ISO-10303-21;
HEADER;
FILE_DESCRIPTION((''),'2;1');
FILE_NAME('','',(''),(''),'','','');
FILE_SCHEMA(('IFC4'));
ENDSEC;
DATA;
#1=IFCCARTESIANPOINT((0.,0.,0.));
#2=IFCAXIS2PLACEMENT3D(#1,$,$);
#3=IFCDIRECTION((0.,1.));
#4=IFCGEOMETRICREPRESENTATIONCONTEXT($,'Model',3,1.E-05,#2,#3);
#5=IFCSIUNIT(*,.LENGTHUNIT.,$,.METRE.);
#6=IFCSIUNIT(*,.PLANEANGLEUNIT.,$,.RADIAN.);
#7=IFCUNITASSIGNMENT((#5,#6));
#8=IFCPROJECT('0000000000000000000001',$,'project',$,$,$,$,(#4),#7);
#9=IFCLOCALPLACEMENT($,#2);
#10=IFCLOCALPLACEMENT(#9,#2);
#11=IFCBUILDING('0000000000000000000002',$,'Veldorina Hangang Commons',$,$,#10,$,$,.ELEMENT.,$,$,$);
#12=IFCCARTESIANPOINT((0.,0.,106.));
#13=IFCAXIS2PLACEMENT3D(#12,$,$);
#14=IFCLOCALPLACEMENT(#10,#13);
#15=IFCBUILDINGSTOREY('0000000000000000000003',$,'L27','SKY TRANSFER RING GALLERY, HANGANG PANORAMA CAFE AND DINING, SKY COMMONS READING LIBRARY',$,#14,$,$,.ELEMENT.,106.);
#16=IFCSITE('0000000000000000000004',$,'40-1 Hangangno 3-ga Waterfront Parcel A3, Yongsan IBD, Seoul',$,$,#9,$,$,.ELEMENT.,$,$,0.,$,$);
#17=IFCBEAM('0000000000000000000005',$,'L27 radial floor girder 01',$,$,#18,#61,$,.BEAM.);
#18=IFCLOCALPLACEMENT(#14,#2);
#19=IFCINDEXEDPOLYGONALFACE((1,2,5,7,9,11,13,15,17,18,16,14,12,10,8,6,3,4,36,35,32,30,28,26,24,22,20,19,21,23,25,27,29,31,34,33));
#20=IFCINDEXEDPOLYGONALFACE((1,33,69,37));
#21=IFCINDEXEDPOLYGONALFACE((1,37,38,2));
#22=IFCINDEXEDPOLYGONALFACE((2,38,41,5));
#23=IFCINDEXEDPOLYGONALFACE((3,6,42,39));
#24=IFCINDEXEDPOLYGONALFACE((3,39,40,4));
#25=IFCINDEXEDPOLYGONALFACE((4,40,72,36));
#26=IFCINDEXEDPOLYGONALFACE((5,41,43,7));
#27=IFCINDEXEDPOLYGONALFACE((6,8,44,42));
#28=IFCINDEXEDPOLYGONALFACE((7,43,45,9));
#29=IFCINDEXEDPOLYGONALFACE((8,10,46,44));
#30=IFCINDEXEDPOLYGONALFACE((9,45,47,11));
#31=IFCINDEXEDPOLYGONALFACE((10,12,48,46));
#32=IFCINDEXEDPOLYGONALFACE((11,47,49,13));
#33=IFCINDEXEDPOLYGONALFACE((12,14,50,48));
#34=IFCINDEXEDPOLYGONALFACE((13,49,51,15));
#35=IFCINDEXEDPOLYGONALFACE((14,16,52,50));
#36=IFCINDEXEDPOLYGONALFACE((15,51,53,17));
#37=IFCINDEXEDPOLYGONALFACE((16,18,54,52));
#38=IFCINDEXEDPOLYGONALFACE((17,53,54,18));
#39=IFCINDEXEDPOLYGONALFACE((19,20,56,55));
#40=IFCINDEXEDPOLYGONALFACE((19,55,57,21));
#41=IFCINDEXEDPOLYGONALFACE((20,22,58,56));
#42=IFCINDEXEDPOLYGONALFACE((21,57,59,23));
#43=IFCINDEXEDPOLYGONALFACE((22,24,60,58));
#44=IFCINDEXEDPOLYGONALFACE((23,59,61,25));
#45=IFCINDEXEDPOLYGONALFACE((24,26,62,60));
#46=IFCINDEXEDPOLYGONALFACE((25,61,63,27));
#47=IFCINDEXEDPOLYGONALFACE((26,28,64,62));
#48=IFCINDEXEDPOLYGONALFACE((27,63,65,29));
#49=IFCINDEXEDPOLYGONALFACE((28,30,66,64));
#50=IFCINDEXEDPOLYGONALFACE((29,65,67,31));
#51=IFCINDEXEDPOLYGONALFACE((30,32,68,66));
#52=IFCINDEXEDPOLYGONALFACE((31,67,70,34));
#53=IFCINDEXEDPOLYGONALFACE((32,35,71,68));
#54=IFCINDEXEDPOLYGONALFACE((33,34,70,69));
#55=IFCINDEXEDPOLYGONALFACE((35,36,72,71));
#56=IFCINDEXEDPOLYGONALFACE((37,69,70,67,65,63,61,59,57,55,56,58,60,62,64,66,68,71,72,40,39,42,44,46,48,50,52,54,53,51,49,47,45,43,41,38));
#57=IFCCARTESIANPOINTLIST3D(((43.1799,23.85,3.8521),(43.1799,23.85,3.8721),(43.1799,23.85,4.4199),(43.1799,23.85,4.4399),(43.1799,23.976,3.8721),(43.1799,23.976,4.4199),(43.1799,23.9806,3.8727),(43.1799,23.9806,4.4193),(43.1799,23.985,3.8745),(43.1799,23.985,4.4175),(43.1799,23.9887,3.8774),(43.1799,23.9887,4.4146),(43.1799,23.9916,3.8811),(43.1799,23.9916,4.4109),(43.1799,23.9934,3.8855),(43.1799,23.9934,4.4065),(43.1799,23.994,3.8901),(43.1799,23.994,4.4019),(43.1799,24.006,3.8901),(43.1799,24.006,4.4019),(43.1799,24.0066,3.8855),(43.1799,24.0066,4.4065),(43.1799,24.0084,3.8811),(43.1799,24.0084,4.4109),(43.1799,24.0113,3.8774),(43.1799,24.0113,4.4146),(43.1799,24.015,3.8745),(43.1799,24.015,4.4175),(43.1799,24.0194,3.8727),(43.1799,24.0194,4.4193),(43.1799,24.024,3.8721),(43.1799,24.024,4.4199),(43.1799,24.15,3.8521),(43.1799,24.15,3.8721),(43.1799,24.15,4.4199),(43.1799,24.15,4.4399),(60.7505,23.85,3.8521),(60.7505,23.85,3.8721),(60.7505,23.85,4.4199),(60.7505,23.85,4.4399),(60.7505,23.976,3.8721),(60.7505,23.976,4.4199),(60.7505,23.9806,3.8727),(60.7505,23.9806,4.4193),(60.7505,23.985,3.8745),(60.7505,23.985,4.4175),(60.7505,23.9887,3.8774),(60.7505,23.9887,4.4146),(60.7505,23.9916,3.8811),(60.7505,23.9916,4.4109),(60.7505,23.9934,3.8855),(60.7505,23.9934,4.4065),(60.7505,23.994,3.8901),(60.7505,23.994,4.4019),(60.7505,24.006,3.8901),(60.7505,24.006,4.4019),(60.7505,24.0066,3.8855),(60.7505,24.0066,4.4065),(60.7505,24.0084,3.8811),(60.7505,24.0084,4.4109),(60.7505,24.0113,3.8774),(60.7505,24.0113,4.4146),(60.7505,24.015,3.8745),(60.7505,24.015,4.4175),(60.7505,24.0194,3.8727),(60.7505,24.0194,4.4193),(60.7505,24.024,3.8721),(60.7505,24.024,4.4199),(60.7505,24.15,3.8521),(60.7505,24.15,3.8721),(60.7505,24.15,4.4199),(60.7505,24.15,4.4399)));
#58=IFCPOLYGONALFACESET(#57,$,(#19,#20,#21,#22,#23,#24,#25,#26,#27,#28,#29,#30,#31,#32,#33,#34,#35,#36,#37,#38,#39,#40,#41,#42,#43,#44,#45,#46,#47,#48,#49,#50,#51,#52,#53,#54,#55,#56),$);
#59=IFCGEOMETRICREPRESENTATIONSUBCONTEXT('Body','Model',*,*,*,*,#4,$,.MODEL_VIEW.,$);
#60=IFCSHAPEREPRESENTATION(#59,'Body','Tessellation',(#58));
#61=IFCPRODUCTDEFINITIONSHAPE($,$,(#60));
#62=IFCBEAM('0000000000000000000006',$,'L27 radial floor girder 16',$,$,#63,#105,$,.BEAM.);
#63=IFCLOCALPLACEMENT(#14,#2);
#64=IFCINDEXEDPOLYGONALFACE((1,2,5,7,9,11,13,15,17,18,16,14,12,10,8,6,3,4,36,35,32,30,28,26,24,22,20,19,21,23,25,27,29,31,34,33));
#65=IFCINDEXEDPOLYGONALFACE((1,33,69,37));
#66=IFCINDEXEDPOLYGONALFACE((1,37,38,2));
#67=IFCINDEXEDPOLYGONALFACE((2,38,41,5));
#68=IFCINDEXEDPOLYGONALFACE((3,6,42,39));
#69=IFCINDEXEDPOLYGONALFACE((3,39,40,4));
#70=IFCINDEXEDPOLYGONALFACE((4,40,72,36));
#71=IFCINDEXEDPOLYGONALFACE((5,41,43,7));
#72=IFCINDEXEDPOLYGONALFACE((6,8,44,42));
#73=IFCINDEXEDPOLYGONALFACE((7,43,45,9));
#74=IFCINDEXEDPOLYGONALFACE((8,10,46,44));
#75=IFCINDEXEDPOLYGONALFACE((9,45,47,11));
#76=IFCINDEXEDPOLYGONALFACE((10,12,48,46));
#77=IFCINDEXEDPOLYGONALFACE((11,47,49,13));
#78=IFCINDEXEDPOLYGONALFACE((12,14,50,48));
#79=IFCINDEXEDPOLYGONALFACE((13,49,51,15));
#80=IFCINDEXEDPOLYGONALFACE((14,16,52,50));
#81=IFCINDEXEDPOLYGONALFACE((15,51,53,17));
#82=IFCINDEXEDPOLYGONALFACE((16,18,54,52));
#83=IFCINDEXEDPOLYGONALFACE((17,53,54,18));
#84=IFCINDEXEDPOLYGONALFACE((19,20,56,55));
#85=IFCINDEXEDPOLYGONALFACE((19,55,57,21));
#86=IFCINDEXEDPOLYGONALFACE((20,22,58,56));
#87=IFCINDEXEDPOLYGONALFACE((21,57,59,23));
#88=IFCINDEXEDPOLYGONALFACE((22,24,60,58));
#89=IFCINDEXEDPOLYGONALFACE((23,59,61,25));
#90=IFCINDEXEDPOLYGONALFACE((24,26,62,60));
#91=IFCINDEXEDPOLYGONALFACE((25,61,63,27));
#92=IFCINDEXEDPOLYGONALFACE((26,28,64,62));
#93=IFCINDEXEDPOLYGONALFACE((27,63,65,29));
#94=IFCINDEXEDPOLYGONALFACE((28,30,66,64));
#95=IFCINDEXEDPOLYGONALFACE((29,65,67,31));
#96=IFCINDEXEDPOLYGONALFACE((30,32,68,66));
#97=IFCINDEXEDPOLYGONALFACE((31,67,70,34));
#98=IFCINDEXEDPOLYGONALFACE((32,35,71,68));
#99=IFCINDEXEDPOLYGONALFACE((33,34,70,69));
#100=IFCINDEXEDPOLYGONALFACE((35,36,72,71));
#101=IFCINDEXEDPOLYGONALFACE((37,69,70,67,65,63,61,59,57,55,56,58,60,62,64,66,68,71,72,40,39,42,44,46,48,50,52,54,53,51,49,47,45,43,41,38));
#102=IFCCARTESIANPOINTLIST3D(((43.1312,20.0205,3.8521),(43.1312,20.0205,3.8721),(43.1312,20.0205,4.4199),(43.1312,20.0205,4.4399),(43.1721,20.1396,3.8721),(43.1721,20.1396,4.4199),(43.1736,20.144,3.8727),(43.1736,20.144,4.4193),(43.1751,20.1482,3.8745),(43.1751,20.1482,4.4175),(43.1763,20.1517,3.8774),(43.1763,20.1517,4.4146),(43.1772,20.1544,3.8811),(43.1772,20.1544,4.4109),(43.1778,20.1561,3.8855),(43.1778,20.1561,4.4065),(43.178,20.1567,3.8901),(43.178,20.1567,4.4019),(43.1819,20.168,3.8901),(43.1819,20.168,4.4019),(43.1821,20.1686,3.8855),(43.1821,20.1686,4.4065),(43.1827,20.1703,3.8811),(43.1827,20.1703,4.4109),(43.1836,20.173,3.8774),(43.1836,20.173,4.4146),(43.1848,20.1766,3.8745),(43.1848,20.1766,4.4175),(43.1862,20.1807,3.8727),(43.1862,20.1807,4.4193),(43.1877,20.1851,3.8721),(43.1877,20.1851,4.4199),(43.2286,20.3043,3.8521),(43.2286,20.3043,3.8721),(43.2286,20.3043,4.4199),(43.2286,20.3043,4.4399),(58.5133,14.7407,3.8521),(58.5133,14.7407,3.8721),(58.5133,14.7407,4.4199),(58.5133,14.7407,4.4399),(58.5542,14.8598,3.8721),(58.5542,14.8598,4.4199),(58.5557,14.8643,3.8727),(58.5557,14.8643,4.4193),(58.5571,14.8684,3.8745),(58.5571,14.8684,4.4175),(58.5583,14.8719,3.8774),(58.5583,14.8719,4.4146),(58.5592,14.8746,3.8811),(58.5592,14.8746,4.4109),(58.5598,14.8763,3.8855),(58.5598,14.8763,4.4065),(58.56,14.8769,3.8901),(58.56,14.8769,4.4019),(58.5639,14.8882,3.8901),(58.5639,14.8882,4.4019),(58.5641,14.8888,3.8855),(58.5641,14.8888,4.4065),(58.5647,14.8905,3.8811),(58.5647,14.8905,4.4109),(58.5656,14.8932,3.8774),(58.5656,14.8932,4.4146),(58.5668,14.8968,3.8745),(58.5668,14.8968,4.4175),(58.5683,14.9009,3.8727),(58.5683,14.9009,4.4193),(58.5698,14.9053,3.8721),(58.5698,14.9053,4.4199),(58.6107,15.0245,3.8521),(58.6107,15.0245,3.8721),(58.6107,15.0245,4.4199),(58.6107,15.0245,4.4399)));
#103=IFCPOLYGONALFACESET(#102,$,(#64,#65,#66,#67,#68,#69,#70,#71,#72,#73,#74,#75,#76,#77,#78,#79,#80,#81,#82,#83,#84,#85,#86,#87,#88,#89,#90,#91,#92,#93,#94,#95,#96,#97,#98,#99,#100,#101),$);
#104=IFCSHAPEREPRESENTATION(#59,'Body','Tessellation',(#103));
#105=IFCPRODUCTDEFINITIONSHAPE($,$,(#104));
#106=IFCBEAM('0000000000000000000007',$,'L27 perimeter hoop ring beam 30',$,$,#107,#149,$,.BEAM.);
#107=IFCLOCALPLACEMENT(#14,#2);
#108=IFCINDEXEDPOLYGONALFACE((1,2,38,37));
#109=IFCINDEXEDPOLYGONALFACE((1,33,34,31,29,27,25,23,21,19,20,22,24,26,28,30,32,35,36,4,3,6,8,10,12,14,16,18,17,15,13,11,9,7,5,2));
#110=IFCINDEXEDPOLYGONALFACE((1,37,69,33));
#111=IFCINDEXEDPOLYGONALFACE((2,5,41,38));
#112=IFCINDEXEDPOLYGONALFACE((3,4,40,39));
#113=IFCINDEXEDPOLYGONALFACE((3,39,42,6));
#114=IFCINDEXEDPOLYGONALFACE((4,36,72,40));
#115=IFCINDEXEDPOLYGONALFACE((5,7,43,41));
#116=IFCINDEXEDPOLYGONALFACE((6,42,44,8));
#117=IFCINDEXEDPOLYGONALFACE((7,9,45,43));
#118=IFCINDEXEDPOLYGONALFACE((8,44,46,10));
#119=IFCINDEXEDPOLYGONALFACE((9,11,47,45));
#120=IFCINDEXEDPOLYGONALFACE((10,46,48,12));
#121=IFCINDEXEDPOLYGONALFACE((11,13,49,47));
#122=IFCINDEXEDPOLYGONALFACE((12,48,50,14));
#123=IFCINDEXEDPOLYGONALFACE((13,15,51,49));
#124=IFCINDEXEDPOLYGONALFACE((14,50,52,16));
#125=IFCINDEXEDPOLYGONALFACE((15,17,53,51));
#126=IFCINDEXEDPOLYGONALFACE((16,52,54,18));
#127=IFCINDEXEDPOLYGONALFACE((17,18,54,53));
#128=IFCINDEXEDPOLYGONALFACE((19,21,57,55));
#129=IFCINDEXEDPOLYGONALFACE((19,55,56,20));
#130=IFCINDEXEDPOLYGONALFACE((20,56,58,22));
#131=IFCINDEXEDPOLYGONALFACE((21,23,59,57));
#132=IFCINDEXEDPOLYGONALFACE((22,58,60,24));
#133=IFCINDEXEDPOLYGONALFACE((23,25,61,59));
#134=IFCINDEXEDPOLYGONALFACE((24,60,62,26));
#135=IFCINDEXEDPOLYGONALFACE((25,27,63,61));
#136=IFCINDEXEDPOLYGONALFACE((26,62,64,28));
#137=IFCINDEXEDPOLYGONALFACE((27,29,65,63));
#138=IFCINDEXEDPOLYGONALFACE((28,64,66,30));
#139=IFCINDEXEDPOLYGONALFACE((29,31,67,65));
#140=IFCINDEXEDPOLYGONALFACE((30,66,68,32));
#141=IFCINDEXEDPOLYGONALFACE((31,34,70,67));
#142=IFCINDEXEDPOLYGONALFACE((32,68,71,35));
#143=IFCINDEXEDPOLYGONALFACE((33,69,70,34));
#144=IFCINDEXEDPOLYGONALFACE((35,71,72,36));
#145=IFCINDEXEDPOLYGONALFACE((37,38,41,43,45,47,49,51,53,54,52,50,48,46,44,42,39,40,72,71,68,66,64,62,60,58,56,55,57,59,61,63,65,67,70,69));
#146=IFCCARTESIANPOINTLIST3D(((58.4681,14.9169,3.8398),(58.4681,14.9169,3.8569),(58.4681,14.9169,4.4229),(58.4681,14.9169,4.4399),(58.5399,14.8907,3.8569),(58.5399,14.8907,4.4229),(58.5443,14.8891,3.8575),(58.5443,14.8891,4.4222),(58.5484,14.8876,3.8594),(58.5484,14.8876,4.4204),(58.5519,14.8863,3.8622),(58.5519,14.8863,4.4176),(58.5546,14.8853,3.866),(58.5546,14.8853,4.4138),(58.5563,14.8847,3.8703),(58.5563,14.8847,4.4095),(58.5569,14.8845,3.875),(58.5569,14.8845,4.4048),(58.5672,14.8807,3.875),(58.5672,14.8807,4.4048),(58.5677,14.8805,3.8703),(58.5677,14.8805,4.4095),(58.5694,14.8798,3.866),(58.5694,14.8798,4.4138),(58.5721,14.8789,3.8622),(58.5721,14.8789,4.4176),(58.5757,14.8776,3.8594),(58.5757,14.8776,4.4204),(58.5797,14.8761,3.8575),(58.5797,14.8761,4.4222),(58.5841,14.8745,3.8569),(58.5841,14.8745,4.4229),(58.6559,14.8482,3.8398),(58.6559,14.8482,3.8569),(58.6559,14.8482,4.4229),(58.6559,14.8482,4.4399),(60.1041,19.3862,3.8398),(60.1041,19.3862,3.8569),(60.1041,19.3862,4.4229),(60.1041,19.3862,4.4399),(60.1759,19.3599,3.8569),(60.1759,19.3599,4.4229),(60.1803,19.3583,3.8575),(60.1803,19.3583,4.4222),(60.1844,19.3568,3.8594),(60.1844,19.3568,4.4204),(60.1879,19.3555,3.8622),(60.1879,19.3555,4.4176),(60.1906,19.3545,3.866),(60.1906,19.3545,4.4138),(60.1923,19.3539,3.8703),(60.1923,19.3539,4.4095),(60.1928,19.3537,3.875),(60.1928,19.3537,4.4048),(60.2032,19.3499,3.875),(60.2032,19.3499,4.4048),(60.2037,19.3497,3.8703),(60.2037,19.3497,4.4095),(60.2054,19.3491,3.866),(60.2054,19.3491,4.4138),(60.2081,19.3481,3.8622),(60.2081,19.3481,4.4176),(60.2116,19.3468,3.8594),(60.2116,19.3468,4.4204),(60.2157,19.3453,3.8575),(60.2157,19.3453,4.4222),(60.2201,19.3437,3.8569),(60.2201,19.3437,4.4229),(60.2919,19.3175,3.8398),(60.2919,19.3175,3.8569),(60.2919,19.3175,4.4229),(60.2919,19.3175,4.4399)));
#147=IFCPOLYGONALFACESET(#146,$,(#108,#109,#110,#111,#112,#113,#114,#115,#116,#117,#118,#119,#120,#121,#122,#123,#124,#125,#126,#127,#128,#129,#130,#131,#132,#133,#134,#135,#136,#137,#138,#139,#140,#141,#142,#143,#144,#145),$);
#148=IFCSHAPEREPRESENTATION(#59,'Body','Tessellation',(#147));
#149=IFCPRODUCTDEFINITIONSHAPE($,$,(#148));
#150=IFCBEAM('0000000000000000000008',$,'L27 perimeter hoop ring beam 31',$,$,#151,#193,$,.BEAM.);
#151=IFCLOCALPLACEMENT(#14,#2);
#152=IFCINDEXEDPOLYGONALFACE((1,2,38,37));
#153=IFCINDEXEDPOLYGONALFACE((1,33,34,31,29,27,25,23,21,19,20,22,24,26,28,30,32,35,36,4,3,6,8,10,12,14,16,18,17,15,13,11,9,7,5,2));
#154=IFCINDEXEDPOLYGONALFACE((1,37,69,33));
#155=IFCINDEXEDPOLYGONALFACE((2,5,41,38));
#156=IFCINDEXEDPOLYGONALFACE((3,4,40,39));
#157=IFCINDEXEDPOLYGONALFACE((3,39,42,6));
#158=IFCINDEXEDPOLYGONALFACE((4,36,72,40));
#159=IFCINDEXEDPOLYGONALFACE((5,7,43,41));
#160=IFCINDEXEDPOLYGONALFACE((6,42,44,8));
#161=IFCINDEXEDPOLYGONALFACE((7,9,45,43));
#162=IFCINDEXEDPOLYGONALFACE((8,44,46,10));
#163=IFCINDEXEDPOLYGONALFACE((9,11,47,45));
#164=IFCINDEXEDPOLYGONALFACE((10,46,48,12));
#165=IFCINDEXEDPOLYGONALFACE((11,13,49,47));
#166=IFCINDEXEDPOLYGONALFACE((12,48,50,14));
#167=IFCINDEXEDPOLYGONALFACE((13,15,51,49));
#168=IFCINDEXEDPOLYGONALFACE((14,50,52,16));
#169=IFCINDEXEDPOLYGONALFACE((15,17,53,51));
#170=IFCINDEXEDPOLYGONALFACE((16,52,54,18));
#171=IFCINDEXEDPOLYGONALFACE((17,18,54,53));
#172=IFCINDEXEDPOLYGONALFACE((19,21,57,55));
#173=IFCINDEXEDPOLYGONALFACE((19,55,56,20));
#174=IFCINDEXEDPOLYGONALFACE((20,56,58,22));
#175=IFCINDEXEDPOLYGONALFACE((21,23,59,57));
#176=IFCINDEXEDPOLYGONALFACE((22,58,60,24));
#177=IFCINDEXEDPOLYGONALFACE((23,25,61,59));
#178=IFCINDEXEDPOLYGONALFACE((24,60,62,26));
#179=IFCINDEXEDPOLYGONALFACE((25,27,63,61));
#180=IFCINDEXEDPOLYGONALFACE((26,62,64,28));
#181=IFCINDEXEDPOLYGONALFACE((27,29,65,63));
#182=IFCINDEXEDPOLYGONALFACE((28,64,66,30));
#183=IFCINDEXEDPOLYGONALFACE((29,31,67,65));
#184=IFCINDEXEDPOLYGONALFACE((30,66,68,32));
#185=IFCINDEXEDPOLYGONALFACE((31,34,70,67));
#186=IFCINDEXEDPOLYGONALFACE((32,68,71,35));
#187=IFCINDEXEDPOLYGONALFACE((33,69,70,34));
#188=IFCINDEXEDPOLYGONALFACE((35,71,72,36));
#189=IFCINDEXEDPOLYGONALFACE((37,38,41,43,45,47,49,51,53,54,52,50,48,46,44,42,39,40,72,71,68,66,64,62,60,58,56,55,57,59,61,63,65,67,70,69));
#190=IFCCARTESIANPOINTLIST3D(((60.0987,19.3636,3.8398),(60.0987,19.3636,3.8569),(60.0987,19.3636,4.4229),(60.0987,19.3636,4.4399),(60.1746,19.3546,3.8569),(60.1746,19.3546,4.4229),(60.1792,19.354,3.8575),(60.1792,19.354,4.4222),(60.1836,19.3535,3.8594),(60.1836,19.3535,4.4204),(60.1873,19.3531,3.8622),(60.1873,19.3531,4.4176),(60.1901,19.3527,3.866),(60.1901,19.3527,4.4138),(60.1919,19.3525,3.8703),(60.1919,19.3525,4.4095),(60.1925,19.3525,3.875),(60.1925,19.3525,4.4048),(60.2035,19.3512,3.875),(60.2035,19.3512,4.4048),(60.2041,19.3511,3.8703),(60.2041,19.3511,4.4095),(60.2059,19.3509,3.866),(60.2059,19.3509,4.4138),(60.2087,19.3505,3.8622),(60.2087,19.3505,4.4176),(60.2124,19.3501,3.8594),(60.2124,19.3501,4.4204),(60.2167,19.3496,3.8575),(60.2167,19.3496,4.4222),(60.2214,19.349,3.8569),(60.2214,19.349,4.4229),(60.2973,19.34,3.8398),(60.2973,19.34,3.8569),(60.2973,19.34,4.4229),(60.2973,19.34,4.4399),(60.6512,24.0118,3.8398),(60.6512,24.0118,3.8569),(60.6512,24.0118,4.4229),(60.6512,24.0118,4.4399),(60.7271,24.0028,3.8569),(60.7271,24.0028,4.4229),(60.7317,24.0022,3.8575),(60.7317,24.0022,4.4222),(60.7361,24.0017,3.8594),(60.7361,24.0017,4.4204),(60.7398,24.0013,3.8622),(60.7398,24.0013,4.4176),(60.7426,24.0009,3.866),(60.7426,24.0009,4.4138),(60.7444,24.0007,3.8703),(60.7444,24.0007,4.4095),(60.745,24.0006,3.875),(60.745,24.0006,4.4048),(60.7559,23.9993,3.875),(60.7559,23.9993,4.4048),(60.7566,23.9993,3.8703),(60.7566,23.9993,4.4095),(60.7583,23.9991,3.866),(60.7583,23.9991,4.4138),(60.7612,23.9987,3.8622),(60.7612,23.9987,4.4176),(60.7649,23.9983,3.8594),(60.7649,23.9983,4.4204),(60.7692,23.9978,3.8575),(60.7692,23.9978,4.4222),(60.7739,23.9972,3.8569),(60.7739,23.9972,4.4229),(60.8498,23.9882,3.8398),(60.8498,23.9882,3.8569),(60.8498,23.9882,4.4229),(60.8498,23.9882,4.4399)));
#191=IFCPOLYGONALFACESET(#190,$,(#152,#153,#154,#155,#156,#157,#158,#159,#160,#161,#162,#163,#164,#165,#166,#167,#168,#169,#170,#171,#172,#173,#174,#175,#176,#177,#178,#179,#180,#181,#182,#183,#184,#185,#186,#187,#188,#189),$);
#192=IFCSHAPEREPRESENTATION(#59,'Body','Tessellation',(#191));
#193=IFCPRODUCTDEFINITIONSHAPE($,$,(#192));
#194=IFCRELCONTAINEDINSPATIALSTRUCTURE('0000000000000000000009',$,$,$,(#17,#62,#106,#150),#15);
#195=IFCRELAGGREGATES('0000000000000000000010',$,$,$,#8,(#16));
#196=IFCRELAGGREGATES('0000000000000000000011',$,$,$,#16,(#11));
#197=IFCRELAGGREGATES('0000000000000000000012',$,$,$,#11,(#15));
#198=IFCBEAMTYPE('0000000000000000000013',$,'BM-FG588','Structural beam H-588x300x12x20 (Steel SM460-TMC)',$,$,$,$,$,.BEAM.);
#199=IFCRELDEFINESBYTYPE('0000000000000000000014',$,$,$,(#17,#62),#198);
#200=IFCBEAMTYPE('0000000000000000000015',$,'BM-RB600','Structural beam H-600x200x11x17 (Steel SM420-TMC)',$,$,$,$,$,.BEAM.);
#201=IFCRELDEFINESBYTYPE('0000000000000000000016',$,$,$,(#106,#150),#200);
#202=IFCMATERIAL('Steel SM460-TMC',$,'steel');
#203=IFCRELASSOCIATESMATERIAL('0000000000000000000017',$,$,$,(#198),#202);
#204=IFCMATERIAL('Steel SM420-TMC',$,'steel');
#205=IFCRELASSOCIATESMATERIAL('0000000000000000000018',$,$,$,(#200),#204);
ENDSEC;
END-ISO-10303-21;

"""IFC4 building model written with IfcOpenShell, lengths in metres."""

from ifc_helpers import new_model, si_unit, direction, frame, origin, origin_2d, place, context, subcontext, project, spatial, i_section, extrude, material, material_profile, profile_set, type_object, element, save


model = new_model("IFC4")

# Units and contexts
model_context = context("Model", 3, precision=1e-05, world=origin(), true_north=direction((0.0, 1.0)))
body_context = subcontext(model_context, "Body", "Model", "MODEL_VIEW")
ifc_project = project(units=[si_unit("LENGTHUNIT", "METRE"), si_unit("PLANEANGLEUNIT", "RADIAN")], contexts=[model_context])

# Site, building, storey
site_placement = place(None, origin())
site = spatial("IfcSite", under=ifc_project, at=site_placement, Name="40-1 Hangangno 3-ga Waterfront Parcel A3, Yongsan IBD, Seoul", CompositionType="ELEMENT", RefElevation=0.0)
building_placement = place(site_placement, origin())
building = spatial("IfcBuilding", under=site, at=building_placement, Name="Veldorina Hangang Commons", CompositionType="ELEMENT")
storey_placement = place(building_placement, frame((0.0, 0.0, 106.0)))
storey = spatial("IfcBuildingStorey", under=building, at=storey_placement, Name="L27", Description="SKY TRANSFER RING GALLERY, HANGANG PANORAMA CAFE AND DINING, SKY COMMONS READING LIBRARY", CompositionType="ELEMENT", Elevation=106.0)

# Beams
ifc_material_1 = material(Name="Steel SM460-TMC", Category="steel")
ifc_material_profile_1 = material_profile(ifc_material_1, i_section(OverallWidth=0.3, OverallDepth=0.5879, WebThickness=0.012, FlangeThickness=0.02, FilletRadius=0.0181, at=origin_2d()), Name="H-588x300x12x20")
ifc_profile_set_1 = profile_set([ifc_material_profile_1], Name="Steel SM460-TMC")
beam_type_1 = type_object("IfcBeamType", Name="BM-FG588", Description="Structural beam H-588x300x12x20 (Steel SM460-TMC)", PredefinedType="BEAM", material=ifc_profile_set_1)
beam_1_placement = place(storey_placement, frame((43.1799, 24.0, 4.146), z_axis=(1.0, 0.0, 0.0), x_axis=(0.0, 1.0, 0.0)))
element("IfcBeam", 1, at=beam_1_placement, inside=storey, type_object=beam_type_1, Name="L27 radial floor girder 01", PredefinedType="BEAM", context=body_context, shape_type="SweptSolid", body=[
    extrude(i_section(OverallWidth=0.3, OverallDepth=0.5879, WebThickness=0.012, FlangeThickness=0.02, FilletRadius=0.0181, at=origin_2d()), origin(), (0.0, 0.0, 1.0), 17.5706),
])
beam_2_placement = place(storey_placement, frame((43.1799, 20.1624, 4.146), z_axis=(0.945834, -0.324651, 0.0), x_axis=(0.324651, 0.945834, 0.0)))
element("IfcBeam", 2, at=beam_2_placement, inside=storey, type_object=beam_type_1, Name="L27 radial floor girder 16", PredefinedType="BEAM", context=body_context, shape_type="SweptSolid", body=[
    extrude(i_section(OverallWidth=0.3, OverallDepth=0.5879, WebThickness=0.012, FlangeThickness=0.02, FilletRadius=0.0181, at=origin_2d()), origin(), (0.0, 0.0, 1.0), 16.2629),
])
ifc_material_2 = material(Name="Steel SM420-TMC", Category="steel")
ifc_material_profile_2 = material_profile(ifc_material_2, i_section(OverallWidth=0.2, OverallDepth=0.6001, WebThickness=0.011, FlangeThickness=0.0171, FilletRadius=0.0181, at=origin_2d()), Name="H-600x200x11x17")
ifc_profile_set_2 = profile_set([ifc_material_profile_2], Name="Steel SM420-TMC")
beam_type_2 = type_object("IfcBeamType", Name="BM-RB600", Description="Structural beam H-600x200x11x17 (Steel SM420-TMC)", PredefinedType="BEAM", material=ifc_profile_set_2)
beam_3_placement = place(storey_placement, frame((58.562, 14.8826, 4.1399), z_axis=(0.343748, 0.939062, 0.0), x_axis=(-0.939062, 0.343748, 0.0)))
element("IfcBeam", 3, at=beam_3_placement, inside=storey, type_object=beam_type_2, Name="L27 perimeter hoop ring beam 30", PredefinedType="BEAM", context=body_context, shape_type="SweptSolid", body=[
    extrude(i_section(OverallWidth=0.2, OverallDepth=0.6001, WebThickness=0.011, FlangeThickness=0.0171, FilletRadius=0.0181, at=origin_2d()), origin(), (0.0, 0.0, 1.0), 4.7593),
])
beam_4_placement = place(storey_placement, frame((60.198, 19.3518, 4.1399), z_axis=(0.11803, 0.99301, 0.0), x_axis=(-0.99301, 0.11803, 0.0)))
element("IfcBeam", 4, at=beam_4_placement, inside=storey, type_object=beam_type_2, Name="L27 perimeter hoop ring beam 31", PredefinedType="BEAM", context=body_context, shape_type="SweptSolid", body=[
    extrude(i_section(OverallWidth=0.2, OverallDepth=0.6001, WebThickness=0.011, FlangeThickness=0.0171, FilletRadius=0.0181, at=origin_2d()), origin(), (0.0, 0.0, 1.0), 4.6809),
])

save(model, "model.ifc")
